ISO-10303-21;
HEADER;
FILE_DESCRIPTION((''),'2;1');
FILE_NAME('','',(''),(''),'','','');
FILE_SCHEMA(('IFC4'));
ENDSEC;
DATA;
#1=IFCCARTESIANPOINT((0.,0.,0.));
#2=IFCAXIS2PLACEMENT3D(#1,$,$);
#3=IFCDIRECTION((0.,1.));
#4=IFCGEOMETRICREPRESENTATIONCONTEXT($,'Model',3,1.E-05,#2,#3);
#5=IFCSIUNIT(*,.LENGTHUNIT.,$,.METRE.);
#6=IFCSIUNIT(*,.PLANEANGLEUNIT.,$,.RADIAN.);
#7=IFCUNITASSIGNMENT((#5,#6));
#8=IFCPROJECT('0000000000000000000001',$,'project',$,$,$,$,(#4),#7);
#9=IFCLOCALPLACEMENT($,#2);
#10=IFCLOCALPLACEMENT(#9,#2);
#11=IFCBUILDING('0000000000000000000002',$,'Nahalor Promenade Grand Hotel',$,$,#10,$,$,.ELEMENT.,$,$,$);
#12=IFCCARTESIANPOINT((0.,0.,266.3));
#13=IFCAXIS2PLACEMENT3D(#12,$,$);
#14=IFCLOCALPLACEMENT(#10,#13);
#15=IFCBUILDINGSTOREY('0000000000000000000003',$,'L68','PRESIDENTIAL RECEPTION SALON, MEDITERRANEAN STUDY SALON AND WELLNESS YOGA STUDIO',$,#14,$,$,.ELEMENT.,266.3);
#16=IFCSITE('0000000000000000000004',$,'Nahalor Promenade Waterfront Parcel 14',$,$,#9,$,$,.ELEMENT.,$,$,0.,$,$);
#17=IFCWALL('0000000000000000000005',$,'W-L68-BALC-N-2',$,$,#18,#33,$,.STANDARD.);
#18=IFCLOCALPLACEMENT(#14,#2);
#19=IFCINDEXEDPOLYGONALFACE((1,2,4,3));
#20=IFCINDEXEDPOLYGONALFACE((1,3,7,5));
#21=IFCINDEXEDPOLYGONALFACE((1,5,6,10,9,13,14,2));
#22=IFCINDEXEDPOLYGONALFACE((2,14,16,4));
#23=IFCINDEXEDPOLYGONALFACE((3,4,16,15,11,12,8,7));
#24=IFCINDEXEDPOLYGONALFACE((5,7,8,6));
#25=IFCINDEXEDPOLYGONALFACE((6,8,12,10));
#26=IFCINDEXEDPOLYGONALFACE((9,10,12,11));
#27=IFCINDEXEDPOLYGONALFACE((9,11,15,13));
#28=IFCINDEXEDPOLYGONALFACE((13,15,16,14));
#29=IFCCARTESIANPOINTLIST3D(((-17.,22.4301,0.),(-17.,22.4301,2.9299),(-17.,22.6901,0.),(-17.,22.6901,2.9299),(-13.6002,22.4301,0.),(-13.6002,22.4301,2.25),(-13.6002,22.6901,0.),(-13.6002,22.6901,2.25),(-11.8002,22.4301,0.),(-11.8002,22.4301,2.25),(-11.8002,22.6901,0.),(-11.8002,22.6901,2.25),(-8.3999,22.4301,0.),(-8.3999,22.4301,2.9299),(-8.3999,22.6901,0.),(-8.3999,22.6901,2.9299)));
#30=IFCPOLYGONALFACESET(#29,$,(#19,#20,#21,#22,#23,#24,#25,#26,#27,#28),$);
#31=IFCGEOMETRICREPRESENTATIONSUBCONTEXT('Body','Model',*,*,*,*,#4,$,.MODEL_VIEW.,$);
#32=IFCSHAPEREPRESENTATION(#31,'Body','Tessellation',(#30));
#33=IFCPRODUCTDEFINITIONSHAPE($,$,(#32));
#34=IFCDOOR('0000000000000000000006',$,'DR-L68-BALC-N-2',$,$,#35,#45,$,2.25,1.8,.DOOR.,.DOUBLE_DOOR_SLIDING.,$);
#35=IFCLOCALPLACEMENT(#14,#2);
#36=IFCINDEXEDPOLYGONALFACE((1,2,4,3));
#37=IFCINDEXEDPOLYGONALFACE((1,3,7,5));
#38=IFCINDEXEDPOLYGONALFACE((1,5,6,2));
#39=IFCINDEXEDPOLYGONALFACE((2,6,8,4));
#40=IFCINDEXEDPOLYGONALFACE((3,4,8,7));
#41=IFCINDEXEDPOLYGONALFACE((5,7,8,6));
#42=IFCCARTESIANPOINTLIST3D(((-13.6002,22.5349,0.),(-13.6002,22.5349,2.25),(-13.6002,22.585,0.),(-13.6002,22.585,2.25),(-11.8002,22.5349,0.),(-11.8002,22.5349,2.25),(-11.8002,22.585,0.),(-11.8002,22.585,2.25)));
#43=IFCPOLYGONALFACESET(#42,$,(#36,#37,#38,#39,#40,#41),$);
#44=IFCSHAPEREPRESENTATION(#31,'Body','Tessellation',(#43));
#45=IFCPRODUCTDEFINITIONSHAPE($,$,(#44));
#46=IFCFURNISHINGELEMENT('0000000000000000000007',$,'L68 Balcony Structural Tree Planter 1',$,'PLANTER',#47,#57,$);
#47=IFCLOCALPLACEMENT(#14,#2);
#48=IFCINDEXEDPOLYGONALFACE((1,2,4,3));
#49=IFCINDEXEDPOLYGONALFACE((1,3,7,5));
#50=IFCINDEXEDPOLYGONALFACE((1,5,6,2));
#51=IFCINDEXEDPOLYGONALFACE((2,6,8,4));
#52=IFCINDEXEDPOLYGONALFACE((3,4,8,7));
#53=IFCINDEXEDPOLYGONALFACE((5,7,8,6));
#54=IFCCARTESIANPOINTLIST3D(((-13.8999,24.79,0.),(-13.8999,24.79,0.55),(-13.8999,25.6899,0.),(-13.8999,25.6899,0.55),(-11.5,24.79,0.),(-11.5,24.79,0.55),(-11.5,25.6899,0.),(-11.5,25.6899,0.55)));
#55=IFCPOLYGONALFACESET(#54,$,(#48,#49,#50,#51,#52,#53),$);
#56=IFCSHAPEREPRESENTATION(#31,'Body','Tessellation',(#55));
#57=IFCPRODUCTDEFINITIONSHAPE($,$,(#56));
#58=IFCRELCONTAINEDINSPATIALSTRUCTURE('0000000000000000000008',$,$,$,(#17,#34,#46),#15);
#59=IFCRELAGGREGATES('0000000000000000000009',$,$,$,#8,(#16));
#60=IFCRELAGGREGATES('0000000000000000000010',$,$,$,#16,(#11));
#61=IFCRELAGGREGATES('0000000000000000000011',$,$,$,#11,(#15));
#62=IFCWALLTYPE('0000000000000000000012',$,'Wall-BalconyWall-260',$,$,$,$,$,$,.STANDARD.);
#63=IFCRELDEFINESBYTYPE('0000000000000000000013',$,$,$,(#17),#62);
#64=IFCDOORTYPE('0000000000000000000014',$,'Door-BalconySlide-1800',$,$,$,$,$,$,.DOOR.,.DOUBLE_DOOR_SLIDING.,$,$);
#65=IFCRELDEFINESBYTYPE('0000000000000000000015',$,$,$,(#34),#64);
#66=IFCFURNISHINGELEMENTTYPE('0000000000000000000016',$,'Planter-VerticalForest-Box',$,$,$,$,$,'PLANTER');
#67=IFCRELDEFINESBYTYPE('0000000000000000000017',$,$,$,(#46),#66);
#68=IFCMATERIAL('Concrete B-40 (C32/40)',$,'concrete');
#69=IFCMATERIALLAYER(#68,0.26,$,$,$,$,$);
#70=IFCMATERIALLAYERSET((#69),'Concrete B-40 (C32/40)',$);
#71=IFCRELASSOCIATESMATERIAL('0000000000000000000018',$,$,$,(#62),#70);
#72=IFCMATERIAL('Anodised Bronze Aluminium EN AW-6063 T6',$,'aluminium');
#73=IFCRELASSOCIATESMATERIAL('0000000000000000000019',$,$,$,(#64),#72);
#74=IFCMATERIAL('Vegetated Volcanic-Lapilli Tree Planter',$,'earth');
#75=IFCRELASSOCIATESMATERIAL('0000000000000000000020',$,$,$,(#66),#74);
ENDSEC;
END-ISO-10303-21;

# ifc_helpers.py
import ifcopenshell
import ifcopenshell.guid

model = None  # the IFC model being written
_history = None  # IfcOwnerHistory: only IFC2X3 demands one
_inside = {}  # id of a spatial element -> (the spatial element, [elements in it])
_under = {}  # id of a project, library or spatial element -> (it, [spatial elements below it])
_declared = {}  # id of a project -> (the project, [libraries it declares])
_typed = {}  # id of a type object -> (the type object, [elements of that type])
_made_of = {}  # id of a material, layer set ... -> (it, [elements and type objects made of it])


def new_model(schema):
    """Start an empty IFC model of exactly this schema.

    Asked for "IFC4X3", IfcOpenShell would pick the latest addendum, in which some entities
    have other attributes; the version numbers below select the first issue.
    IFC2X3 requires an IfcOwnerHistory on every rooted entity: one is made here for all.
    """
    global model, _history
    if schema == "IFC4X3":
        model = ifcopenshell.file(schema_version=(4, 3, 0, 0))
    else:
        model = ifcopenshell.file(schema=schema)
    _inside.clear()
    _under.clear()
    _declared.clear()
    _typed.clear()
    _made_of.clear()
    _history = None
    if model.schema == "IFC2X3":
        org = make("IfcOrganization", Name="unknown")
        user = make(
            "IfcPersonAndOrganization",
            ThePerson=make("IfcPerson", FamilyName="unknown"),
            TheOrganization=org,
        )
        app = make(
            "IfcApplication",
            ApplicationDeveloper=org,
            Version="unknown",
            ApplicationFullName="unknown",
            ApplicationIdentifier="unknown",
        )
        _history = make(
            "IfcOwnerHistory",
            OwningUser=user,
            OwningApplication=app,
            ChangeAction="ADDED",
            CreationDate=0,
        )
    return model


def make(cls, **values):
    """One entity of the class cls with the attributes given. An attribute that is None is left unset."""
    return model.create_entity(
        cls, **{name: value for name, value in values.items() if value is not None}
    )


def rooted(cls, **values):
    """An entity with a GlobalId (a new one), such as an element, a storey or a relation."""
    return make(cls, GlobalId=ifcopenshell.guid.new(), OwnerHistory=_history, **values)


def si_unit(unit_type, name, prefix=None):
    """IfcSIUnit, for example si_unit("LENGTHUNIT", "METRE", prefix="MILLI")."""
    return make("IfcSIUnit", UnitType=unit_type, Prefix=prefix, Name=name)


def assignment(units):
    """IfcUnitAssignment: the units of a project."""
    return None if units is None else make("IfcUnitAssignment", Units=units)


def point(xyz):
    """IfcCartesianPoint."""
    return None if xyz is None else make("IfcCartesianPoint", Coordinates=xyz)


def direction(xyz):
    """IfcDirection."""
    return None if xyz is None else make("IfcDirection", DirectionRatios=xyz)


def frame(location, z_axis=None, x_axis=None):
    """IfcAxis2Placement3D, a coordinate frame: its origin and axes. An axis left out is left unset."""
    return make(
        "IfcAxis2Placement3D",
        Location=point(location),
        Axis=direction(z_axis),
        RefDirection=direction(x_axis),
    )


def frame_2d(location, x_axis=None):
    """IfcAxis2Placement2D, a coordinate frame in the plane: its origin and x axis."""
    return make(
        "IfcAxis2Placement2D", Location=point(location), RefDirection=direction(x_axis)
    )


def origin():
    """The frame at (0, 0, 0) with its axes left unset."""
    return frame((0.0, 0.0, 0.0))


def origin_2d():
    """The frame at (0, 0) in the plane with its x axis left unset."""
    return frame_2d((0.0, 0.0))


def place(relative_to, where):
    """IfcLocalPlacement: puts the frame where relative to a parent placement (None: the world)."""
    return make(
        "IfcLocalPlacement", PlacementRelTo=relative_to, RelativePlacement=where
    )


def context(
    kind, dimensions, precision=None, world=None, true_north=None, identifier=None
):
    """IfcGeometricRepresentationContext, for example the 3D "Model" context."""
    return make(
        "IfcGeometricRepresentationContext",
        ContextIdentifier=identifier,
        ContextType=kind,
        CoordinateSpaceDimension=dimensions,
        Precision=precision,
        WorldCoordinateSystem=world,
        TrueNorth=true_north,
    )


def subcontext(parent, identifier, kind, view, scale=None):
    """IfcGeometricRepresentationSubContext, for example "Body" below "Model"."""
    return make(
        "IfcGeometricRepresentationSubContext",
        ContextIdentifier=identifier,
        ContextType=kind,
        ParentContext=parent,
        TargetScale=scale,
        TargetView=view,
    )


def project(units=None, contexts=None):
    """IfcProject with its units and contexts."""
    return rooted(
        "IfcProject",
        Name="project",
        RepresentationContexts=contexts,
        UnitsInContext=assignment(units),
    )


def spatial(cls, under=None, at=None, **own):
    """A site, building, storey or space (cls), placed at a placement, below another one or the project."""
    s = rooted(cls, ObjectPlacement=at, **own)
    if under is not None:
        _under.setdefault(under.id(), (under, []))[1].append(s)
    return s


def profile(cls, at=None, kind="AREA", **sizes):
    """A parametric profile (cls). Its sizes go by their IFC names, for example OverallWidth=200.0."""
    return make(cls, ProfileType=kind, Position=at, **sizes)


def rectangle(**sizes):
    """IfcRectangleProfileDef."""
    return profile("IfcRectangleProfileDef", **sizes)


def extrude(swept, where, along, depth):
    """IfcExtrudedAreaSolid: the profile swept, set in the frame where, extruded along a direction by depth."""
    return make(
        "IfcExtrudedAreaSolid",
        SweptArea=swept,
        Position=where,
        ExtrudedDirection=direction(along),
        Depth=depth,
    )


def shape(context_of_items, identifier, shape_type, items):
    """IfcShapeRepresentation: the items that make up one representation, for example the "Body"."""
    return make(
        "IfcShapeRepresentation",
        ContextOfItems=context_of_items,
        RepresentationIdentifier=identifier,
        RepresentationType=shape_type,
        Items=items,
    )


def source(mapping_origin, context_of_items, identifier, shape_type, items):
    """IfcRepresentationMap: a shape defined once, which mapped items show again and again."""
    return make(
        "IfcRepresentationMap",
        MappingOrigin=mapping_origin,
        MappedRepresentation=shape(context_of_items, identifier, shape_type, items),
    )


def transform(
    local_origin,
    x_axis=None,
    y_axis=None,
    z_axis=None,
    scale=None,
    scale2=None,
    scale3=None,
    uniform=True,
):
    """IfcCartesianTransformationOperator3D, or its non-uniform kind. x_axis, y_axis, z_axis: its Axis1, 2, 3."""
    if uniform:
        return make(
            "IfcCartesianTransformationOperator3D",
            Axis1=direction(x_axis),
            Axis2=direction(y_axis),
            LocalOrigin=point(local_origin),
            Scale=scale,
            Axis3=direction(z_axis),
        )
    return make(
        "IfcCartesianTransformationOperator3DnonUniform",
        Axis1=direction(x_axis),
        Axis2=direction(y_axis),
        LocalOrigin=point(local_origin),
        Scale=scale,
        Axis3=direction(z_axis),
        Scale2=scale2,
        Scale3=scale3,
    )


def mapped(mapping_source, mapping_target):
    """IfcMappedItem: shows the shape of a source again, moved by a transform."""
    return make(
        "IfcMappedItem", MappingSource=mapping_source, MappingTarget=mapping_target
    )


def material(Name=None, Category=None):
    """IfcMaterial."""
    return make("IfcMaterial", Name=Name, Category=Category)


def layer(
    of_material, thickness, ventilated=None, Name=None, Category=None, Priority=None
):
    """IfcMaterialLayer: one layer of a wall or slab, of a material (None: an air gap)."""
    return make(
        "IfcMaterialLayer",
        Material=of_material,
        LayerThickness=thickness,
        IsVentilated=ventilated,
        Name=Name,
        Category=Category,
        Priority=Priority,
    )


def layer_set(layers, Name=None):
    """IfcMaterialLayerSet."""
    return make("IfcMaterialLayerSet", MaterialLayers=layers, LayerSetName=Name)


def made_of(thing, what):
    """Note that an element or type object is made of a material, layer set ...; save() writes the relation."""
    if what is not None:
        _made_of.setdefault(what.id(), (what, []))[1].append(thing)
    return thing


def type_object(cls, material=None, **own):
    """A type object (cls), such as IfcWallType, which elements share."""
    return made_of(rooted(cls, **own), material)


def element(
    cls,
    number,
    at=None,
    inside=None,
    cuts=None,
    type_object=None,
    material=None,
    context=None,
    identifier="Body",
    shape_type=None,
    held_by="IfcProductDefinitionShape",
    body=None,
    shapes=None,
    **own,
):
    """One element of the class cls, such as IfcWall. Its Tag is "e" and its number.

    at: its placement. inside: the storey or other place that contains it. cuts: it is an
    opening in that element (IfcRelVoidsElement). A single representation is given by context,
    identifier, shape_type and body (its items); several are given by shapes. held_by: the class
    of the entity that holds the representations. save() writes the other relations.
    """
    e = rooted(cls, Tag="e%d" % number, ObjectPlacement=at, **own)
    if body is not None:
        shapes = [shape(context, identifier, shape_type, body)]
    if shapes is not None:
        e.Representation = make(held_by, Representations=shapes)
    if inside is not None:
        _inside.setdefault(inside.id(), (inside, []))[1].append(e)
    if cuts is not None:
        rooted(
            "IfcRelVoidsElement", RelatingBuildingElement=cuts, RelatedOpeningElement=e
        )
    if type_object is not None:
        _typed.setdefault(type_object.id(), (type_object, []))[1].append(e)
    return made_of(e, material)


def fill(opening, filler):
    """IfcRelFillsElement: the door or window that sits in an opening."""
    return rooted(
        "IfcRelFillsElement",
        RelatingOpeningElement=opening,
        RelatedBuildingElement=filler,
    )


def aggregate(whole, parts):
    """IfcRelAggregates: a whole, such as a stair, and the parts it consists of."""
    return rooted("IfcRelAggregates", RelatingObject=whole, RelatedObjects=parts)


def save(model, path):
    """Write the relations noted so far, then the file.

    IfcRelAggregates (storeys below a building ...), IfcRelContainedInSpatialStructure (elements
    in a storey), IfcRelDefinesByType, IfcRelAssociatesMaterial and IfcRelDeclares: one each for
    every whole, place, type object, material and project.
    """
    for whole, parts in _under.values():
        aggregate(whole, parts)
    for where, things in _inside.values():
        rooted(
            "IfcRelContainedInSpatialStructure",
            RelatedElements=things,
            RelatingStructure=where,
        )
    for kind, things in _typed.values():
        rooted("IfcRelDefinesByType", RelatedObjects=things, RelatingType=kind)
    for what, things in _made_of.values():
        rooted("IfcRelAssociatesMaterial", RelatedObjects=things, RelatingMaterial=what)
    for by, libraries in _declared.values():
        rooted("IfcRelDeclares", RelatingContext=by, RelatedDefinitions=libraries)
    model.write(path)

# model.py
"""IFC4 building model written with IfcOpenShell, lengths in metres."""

from ifc_helpers import new_model, si_unit, direction, frame, frame_2d, origin, origin_2d, place, context, subcontext, project, spatial, rectangle, extrude, source, transform, mapped, material, layer, layer_set, type_object, element, fill, save


model = new_model("IFC4")

# Units and contexts
model_context = context("Model", 3, precision=1e-05, world=origin(), true_north=direction((0.0, 1.0)))
body_context = subcontext(model_context, "Body", "Model", "MODEL_VIEW")
ifc_project = project(units=[si_unit("LENGTHUNIT", "METRE"), si_unit("PLANEANGLEUNIT", "RADIAN")], contexts=[model_context])

# Site, building, storey
site_placement = place(None, origin())
site = spatial("IfcSite", under=ifc_project, at=site_placement, Name="Nahalor Promenade Waterfront Parcel 14", CompositionType="ELEMENT", RefElevation=0.0)
building_placement = place(site_placement, origin())
building = spatial("IfcBuilding", under=site, at=building_placement, Name="Nahalor Promenade Grand Hotel", CompositionType="ELEMENT")
storey_placement = place(building_placement, frame((0.0, 0.0, 266.3)))
storey = spatial("IfcBuildingStorey", under=building, at=storey_placement, Name="L68", Description="PRESIDENTIAL RECEPTION SALON, MEDITERRANEAN STUDY SALON AND WELLNESS YOGA STUDIO", CompositionType="ELEMENT", Elevation=266.3)

# Shared definitions
ifc_material_1 = material(Name="Anodised Bronze Aluminium EN AW-6063 T6", Category="aluminium")

# Shared definitions
ifc_material_2 = material(Name="Concrete B-40 (C32/40)", Category="concrete")

# Wall, opening, door
ifc_layer_1 = layer(ifc_material_2, 0.26)
ifc_layer_set_1 = layer_set([ifc_layer_1], Name="Concrete B-40 (C32/40)")
wall_type_1 = type_object("IfcWallType", Name="Wall-BalconyWall-260", PredefinedType="STANDARD", material=ifc_layer_set_1)
shared_shape_1 = source(origin(), body_context, "Body", "SweptSolid", [
    extrude(rectangle(XDim=8.6001, YDim=0.26, at=frame_2d((4.3, 0.0))), origin(), (0.0, 0.0, 1.0), 2.9299),
])
wall_placement = place(storey_placement, frame((-17.0, 22.5601, 0.0), z_axis=(0.0, 0.0, 1.0), x_axis=(1.0, 0.0, 0.0)))
wall = element("IfcWall", 1, at=wall_placement, inside=storey, type_object=wall_type_1, Name="W-L68-BALC-N-2", PredefinedType="STANDARD", context=body_context, shape_type="MappedRepresentation", body=[
    mapped(shared_shape_1, transform((0.0, 0.0, 0.0), scale=1.0)),
])
opening_placement = place(wall_placement, frame((3.3999, 0.0, 0.0)))
opening = element("IfcOpeningElement", 2, at=opening_placement, cuts=wall, PredefinedType="OPENING", context=body_context, shape_type="SweptSolid", body=[
    extrude(rectangle(XDim=1.8, YDim=2.25, at=frame_2d((0.8999, 1.125))), frame((0.0, 0.1399, 0.0), z_axis=(0.0, -1.0, 0.0), x_axis=(1.0, 0.0, 0.0)), (0.0, 0.0, 1.0), 0.28),
])
door_type = type_object("IfcDoorType", Name="Door-BalconySlide-1800", OperationType="DOUBLE_DOOR_SLIDING", PredefinedType="DOOR", material=ifc_material_1)
shared_shape_2 = source(origin(), body_context, "Body", "SweptSolid", [
    extrude(rectangle(XDim=1.8, YDim=2.25, at=frame_2d((0.8999, 1.125))), frame((0.0, 0.0249, 0.0), z_axis=(0.0, -1.0, 0.0), x_axis=(1.0, 0.0, 0.0)), (0.0, 0.0, 1.0), 0.05),
])
door_placement = place(opening_placement, origin())
door = element("IfcDoor", 3, at=door_placement, inside=storey, type_object=door_type, Name="DR-L68-BALC-N-2", OperationType="DOUBLE_DOOR_SLIDING", OverallHeight=2.25, OverallWidth=1.8, PredefinedType="DOOR", context=body_context, shape_type="MappedRepresentation", body=[
    mapped(shared_shape_2, transform((0.0, 0.0, 0.0), scale=1.0)),
])
fill(opening, door)

# Furnishing element
ifc_material_3 = material(Name="Vegetated Volcanic-Lapilli Tree Planter", Category="earth")
furnishing_element_type = type_object("IfcFurnishingElementType", Name="Planter-VerticalForest-Box", ElementType="PLANTER", material=ifc_material_3)
shared_shape_3 = source(origin(), body_context, "Body", "SweptSolid", [
    extrude(rectangle(XDim=2.3999, YDim=0.8999, at=origin_2d()), origin(), (0.0, 0.0, 1.0), 0.55),
])
furnishing_placement = place(storey_placement, frame((-12.7, 25.24, 0.0), z_axis=(0.0, 0.0, 1.0), x_axis=(1.0, 0.0, 0.0)))
element("IfcFurnishingElement", 4, at=furnishing_placement, inside=storey, type_object=furnishing_element_type, Name="L68 Balcony Structural Tree Planter 1", ObjectType="PLANTER", context=body_context, shape_type="MappedRepresentation", body=[
    mapped(shared_shape_3, transform((0.0, 0.0, 0.0), scale=1.0)),
])

save(model, "model.ifc")
